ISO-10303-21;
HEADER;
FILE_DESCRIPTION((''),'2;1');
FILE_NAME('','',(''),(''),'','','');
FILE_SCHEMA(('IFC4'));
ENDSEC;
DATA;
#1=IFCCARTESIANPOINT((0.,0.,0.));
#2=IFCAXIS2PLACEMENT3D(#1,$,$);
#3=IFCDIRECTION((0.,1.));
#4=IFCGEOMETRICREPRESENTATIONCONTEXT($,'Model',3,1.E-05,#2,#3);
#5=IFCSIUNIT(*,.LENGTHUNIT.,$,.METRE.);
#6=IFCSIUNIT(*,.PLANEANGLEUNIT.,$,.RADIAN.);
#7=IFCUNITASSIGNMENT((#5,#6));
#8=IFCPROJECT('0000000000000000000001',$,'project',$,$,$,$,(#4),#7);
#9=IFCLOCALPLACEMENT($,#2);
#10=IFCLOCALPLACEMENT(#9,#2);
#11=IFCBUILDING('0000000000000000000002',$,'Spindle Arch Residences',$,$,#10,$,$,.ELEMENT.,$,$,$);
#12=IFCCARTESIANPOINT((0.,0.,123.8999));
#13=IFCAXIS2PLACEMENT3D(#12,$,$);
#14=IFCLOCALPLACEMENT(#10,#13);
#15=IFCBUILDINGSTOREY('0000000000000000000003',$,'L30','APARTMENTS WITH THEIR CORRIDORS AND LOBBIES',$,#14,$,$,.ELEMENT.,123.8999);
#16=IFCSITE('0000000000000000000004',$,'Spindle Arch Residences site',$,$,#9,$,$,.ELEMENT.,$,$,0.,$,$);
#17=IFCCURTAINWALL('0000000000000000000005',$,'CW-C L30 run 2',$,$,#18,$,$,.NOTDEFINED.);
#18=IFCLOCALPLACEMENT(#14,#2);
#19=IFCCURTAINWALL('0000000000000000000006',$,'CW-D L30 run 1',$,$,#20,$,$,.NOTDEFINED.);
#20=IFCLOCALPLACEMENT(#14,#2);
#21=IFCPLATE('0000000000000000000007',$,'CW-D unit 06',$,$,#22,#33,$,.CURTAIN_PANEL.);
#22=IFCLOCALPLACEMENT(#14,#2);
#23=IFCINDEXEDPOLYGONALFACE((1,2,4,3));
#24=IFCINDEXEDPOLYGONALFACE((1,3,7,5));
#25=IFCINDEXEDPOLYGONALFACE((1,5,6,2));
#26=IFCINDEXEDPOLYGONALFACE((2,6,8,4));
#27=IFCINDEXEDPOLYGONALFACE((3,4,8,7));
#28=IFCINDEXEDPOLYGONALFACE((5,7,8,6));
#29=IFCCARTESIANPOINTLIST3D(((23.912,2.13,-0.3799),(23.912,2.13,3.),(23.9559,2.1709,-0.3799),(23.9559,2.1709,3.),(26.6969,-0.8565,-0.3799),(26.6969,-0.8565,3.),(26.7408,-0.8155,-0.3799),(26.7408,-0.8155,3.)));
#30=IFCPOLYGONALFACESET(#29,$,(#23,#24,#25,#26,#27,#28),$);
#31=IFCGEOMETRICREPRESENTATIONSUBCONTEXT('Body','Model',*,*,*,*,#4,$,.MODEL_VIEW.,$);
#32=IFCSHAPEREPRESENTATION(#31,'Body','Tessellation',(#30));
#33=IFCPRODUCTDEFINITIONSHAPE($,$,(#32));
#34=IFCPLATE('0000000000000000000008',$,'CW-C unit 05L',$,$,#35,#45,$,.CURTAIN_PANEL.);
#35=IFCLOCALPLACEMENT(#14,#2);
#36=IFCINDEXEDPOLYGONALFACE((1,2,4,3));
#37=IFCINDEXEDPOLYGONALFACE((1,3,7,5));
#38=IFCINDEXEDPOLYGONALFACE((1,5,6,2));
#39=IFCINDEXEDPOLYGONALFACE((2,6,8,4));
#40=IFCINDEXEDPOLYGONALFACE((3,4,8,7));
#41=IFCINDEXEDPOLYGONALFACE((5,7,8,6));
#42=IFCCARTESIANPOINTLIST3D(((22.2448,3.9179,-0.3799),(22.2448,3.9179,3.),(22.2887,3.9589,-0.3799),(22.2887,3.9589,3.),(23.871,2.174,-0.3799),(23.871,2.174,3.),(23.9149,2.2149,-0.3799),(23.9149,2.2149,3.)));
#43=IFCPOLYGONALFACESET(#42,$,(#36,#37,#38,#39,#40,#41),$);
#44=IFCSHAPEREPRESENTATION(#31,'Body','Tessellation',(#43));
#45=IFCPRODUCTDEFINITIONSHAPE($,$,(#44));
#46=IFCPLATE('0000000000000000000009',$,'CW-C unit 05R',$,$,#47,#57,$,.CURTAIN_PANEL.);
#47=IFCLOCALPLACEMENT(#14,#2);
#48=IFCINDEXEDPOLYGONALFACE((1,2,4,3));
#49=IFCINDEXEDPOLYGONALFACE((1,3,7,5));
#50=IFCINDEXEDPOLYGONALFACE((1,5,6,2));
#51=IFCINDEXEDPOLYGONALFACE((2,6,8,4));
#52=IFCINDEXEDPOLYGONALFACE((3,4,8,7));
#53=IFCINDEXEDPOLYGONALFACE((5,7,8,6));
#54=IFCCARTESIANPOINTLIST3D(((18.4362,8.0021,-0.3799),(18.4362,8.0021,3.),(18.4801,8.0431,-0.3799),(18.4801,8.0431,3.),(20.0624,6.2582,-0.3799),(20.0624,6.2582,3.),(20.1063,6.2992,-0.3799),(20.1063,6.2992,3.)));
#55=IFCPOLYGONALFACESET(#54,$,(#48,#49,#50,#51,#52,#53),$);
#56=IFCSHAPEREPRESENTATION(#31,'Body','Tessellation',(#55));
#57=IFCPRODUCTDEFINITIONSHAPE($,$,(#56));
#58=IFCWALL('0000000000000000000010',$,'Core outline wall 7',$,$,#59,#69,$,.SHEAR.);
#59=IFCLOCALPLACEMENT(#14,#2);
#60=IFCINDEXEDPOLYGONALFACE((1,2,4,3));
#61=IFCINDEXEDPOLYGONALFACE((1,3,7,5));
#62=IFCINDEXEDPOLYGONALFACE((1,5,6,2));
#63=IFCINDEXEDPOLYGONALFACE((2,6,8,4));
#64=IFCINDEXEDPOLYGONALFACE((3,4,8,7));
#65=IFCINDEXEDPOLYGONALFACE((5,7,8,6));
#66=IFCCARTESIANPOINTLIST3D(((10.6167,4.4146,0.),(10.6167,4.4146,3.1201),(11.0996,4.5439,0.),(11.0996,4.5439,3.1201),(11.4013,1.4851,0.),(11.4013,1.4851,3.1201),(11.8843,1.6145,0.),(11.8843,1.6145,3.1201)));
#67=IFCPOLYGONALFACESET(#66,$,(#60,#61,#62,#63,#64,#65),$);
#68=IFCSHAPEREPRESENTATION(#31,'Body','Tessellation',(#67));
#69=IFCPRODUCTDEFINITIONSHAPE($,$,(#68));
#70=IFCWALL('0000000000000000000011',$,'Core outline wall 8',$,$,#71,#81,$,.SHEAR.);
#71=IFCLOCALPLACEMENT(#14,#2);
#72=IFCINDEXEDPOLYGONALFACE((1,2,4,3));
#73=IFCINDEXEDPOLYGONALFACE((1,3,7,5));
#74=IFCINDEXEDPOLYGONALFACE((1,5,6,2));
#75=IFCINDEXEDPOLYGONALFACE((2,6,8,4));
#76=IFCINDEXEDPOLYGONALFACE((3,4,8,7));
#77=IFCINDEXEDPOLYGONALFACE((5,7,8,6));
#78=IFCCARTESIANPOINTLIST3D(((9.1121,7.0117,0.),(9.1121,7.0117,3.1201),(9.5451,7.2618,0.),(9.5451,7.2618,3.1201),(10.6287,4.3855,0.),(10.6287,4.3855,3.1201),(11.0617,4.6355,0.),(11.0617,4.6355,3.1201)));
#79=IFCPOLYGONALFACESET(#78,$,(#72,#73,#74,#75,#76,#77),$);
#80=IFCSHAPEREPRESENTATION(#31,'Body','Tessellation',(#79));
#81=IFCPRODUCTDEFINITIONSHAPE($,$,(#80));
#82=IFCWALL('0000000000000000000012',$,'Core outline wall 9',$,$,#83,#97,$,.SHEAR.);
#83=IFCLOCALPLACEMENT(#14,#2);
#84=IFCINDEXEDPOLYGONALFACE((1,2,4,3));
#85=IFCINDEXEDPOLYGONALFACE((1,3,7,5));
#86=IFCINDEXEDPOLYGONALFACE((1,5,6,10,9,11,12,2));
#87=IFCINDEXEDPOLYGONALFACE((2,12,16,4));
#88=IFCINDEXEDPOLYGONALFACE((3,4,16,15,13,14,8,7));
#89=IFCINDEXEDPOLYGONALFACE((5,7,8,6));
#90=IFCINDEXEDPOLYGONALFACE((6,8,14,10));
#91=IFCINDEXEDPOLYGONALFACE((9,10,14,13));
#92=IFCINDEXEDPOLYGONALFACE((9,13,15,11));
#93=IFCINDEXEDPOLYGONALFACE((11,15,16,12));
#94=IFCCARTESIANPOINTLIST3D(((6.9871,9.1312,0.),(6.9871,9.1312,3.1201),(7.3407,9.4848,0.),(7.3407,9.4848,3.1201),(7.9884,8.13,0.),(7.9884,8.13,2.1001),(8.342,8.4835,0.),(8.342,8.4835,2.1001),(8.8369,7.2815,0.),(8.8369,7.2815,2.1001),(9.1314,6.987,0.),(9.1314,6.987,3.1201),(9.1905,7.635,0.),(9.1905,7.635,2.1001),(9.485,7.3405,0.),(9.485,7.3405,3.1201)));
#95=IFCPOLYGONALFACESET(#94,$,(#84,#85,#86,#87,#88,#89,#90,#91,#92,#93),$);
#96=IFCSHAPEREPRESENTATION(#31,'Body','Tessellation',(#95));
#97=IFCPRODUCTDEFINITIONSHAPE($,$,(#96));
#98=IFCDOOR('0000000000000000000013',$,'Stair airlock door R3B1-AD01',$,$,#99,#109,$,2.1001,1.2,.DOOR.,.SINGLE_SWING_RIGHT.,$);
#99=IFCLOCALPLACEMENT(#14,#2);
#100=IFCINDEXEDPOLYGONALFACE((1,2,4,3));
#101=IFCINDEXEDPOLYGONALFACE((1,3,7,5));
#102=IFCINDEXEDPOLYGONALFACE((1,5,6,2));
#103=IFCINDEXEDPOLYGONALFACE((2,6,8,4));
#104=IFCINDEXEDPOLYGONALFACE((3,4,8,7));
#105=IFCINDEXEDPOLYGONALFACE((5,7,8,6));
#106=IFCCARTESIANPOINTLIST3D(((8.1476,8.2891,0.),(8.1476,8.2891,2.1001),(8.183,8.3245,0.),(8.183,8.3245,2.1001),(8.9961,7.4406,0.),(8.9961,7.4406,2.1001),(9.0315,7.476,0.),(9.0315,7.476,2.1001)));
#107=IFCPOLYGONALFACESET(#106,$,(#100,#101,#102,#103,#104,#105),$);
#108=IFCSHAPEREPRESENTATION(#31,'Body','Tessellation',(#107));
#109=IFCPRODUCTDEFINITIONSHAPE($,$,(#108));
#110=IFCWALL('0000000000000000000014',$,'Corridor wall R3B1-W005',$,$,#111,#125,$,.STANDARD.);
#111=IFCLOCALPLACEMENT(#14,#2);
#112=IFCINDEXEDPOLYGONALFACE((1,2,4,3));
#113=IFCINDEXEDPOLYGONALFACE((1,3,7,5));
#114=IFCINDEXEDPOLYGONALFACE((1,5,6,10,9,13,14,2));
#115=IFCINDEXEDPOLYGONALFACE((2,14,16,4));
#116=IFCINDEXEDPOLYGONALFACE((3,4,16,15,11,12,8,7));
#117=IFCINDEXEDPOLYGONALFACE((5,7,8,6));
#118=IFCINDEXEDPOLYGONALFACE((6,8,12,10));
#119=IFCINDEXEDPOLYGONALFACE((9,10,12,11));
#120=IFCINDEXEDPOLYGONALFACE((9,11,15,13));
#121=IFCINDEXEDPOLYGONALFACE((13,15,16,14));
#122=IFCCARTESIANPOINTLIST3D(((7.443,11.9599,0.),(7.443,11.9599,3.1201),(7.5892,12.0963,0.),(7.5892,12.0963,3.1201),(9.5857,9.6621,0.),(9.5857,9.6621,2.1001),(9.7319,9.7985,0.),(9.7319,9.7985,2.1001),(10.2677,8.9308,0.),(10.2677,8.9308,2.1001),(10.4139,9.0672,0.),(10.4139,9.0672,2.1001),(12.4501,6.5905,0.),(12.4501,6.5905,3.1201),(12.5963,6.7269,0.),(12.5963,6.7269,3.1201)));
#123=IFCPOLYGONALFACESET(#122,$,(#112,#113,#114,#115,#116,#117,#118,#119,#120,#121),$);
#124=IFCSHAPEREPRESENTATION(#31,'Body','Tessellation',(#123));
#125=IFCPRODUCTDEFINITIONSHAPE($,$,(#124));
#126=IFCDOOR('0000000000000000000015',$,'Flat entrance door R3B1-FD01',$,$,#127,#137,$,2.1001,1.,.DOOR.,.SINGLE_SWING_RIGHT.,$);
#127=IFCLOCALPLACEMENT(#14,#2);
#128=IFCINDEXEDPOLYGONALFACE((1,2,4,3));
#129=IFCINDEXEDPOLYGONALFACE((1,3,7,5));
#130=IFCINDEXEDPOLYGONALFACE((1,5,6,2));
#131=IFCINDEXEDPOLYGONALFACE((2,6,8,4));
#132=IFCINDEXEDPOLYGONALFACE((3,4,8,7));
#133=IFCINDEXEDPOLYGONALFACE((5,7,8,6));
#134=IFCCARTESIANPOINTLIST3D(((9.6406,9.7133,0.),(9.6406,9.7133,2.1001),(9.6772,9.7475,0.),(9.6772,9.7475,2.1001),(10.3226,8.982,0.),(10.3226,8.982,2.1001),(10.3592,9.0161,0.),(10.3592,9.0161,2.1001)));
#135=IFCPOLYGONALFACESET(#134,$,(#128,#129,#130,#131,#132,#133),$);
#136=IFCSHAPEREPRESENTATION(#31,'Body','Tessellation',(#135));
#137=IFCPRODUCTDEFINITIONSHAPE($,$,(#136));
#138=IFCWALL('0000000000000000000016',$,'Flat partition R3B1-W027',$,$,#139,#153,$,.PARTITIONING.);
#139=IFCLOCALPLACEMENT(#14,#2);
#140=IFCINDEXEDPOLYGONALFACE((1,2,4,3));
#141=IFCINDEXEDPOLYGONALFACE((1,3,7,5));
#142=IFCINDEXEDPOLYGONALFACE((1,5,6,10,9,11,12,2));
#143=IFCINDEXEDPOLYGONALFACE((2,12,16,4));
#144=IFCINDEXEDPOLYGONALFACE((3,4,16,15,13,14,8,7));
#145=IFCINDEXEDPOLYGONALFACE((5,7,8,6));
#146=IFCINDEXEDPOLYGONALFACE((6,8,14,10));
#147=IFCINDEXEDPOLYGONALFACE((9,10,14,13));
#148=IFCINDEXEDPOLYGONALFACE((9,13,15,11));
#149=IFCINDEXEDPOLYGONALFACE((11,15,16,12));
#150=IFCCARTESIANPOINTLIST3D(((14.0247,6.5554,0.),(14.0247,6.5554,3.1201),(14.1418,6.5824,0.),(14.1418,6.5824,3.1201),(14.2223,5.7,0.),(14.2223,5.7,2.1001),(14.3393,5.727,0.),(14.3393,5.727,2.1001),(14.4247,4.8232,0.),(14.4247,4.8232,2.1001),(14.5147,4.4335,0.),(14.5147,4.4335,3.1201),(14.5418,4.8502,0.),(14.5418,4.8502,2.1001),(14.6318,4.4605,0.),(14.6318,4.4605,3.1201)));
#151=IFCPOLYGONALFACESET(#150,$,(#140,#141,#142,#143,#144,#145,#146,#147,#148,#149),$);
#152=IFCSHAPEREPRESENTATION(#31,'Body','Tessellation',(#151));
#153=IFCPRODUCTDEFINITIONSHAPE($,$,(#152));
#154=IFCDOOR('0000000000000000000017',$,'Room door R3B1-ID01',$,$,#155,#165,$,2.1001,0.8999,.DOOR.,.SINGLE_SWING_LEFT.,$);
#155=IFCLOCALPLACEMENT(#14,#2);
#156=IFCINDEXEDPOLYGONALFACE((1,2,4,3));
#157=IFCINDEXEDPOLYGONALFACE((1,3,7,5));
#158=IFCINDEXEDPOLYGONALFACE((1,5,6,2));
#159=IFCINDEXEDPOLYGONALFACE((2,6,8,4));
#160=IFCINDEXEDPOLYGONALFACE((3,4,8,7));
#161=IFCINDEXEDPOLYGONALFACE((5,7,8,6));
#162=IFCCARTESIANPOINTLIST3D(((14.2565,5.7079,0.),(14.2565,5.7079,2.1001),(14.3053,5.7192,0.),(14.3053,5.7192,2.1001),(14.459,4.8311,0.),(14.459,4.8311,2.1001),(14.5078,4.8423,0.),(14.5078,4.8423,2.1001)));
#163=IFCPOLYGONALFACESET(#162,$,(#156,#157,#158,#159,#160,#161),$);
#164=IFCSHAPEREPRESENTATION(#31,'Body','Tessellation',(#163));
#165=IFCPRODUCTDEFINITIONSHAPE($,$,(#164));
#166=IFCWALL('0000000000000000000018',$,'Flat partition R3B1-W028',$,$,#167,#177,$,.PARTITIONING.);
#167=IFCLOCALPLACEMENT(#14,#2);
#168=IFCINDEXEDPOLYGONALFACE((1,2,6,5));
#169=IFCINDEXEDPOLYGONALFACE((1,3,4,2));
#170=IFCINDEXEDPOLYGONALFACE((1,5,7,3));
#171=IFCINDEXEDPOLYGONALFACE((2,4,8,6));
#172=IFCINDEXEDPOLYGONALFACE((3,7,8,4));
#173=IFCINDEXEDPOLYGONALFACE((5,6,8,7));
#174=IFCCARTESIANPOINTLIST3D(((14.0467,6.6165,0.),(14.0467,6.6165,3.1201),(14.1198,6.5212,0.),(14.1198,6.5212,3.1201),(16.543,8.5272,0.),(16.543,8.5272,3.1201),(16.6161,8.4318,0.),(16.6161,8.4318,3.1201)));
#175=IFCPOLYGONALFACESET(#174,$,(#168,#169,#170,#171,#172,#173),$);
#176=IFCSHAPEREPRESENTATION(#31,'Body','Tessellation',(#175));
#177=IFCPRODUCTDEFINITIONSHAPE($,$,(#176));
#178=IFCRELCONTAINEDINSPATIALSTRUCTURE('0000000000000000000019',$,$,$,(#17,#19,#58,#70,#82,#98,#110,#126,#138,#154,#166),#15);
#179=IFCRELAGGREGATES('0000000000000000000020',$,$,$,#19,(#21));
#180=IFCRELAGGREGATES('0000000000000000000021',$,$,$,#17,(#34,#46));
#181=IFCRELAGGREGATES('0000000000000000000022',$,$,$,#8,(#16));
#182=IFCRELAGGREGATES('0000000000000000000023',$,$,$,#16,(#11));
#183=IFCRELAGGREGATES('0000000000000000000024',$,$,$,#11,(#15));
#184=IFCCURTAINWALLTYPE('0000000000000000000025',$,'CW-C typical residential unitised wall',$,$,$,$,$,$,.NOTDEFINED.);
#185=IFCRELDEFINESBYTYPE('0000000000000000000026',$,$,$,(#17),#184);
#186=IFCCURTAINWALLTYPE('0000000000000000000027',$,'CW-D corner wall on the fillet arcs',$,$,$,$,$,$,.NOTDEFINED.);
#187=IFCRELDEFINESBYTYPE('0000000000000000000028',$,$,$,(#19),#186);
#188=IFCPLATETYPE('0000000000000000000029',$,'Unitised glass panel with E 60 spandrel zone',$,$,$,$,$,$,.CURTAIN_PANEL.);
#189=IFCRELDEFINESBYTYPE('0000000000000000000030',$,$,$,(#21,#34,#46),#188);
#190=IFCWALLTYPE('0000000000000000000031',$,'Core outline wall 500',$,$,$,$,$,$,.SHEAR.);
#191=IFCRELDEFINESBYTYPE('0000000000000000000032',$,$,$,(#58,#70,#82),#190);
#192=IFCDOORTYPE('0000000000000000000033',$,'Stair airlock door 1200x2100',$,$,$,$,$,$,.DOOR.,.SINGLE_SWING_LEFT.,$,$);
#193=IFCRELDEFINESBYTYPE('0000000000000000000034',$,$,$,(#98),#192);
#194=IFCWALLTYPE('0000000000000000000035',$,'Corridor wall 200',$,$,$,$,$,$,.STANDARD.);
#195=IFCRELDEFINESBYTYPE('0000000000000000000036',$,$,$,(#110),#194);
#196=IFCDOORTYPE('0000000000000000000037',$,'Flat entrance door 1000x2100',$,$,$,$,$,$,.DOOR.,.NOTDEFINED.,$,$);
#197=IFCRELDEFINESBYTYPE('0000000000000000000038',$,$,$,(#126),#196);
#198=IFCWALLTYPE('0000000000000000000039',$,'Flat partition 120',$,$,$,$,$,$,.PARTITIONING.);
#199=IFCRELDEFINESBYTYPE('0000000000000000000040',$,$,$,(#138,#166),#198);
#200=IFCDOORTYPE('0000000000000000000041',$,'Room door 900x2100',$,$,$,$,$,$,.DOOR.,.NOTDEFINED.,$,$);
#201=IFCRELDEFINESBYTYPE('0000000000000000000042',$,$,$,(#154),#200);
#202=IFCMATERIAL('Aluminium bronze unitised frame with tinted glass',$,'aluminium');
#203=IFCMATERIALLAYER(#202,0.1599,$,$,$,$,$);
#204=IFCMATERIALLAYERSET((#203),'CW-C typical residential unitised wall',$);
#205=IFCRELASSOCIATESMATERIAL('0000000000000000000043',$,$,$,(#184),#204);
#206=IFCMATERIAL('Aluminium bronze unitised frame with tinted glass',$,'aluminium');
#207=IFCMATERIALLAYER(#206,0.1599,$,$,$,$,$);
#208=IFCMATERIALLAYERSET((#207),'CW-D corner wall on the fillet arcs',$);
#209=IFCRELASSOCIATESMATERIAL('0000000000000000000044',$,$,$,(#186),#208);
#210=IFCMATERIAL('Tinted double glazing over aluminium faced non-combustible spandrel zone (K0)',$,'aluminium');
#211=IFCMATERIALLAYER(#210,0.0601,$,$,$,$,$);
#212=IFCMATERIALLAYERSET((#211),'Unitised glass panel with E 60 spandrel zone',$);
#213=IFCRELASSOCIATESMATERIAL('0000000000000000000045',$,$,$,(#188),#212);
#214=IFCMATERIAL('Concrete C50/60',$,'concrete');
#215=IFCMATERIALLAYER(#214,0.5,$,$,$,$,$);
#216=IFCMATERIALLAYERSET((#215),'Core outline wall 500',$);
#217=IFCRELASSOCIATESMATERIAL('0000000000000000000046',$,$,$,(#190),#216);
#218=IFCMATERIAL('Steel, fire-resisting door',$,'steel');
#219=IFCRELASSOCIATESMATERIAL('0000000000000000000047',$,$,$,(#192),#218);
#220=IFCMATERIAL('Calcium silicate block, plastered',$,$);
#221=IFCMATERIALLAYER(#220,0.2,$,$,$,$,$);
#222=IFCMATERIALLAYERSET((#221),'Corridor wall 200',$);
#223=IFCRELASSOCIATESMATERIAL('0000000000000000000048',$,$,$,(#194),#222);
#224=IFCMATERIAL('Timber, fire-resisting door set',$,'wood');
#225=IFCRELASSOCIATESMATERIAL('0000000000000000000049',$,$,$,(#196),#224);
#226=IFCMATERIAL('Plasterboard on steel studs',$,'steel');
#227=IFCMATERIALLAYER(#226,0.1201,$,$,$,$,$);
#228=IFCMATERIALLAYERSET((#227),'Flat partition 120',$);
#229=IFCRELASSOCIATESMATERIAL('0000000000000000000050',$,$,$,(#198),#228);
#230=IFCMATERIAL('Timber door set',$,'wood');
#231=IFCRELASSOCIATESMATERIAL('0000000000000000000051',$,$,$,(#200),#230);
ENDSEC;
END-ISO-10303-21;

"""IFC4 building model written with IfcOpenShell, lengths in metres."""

from ifc_helpers import new_model, si_unit, direction, frame, frame_2d, origin, origin_2d, place, context, subcontext, project, spatial, rectangle, extrude, material, layer, layer_set, type_object, element, fill, aggregate, save


model = new_model("IFC4")

# Units and contexts
model_context = context("Model", 3, precision=1e-05, world=origin(), true_north=direction((0.0, 1.0)))
body_context = subcontext(model_context, "Body", "Model", "MODEL_VIEW")
ifc_project = project(units=[si_unit("LENGTHUNIT", "METRE"), si_unit("PLANEANGLEUNIT", "RADIAN")], contexts=[model_context])

# Site, building, storey
site_placement = place(None, origin())
site = spatial("IfcSite", under=ifc_project, at=site_placement, Name="Spindle Arch Residences site", CompositionType="ELEMENT", RefElevation=0.0)
building_placement = place(site_placement, origin())
building = spatial("IfcBuilding", under=site, at=building_placement, Name="Spindle Arch Residences", CompositionType="ELEMENT")
storey_placement = place(building_placement, frame((0.0, 0.0, 123.8999)))
storey = spatial("IfcBuildingStorey", under=building, at=storey_placement, Name="L30", Description="APARTMENTS WITH THEIR CORRIDORS AND LOBBIES", CompositionType="ELEMENT", Elevation=123.8999)

# Curtain wall
ifc_material_1 = material(Name="Aluminium bronze unitised frame with tinted glass", Category="aluminium")
ifc_layer_1 = layer(ifc_material_1, 0.1599)
ifc_layer_set_1 = layer_set([ifc_layer_1], Name="CW-C typical residential unitised wall")
curtain_wall_type_1 = type_object("IfcCurtainWallType", Name="CW-C typical residential unitised wall", PredefinedType="NOTDEFINED", material=ifc_layer_set_1)
curtain_wall_1_placement = place(storey_placement, origin())
curtain_wall_1 = element("IfcCurtainWall", 1, at=curtain_wall_1_placement, inside=storey, type_object=curtain_wall_type_1, Name="CW-C L30 run 2", PredefinedType="NOTDEFINED")

# Curtain wall, plate
ifc_material_2 = material(Name="Aluminium bronze unitised frame with tinted glass", Category="aluminium")
ifc_layer_2 = layer(ifc_material_2, 0.1599)
ifc_layer_set_2 = layer_set([ifc_layer_2], Name="CW-D corner wall on the fillet arcs")
curtain_wall_type_2 = type_object("IfcCurtainWallType", Name="CW-D corner wall on the fillet arcs", PredefinedType="NOTDEFINED", material=ifc_layer_set_2)
curtain_wall_2_placement = place(storey_placement, origin())
curtain_wall_2 = element("IfcCurtainWall", 2, at=curtain_wall_2_placement, inside=storey, type_object=curtain_wall_type_2, Name="CW-D L30 run 1", PredefinedType="NOTDEFINED")
ifc_material_3 = material(Name="Tinted double glazing over aluminium faced non-combustible spandrel zone (K0)", Category="aluminium")
ifc_layer_3 = layer(ifc_material_3, 0.0601)
ifc_layer_set_3 = layer_set([ifc_layer_3], Name="Unitised glass panel with E 60 spandrel zone")
plate_type = type_object("IfcPlateType", Name="Unitised glass panel with E 60 spandrel zone", PredefinedType="CURTAIN_PANEL", material=ifc_layer_set_3)
plate_1_placement = place(storey_placement, frame((25.3264, 0.6572, -0.3799), z_axis=(0.0, 0.0, 1.0), x_axis=(-0.681998, 0.731354, 0.0)))
plate_1 = element("IfcPlate", 3, at=plate_1_placement, type_object=plate_type, Name="CW-D unit 06", PredefinedType="CURTAIN_PANEL", context=body_context, shape_type="SweptSolid", body=[
    extrude(rectangle(XDim=4.0835, YDim=0.0601, at=origin_2d()), origin(), (0.0, 0.0, 1.0), 3.3799),
])
aggregate(curtain_wall_2, [plate_1])

# Plates
plate_2_placement = place(storey_placement, frame((23.0798, 3.0664, -0.3799), z_axis=(0.0, 0.0, 1.0), x_axis=(-0.681998, 0.731354, 0.0)))
plate_2 = element("IfcPlate", 4, at=plate_2_placement, type_object=plate_type, Name="CW-C unit 05L", PredefinedType="CURTAIN_PANEL", context=body_context, shape_type="SweptSolid", body=[
    extrude(rectangle(XDim=2.3845, YDim=0.0601, at=origin_2d()), origin(), (0.0, 0.0, 1.0), 3.3799),
])
plate_3_placement = place(storey_placement, frame((19.2712, 7.1506, -0.3799), z_axis=(0.0, 0.0, 1.0), x_axis=(-0.681998, 0.731354, 0.0)))
plate_3 = element("IfcPlate", 5, at=plate_3_placement, type_object=plate_type, Name="CW-C unit 05R", PredefinedType="CURTAIN_PANEL", context=body_context, shape_type="SweptSolid", body=[
    extrude(rectangle(XDim=2.3845, YDim=0.0601, at=origin_2d()), origin(), (0.0, 0.0, 1.0), 3.3799),
])
aggregate(curtain_wall_1, [plate_2, plate_3])

# Walls
ifc_material_4 = material(Name="Concrete C50/60", Category="concrete")
ifc_layer_4 = layer(ifc_material_4, 0.5)
ifc_layer_set_4 = layer_set([ifc_layer_4], Name="Core outline wall 500")
wall_type_1 = type_object("IfcWallType", Name="Core outline wall 500", PredefinedType="SHEAR", material=ifc_layer_set_4)
for number, where, z_axis, x_axis, name in (
    (6, (11.6428, 1.5498, 0.0), (0.0, 0.0, 1.0), (-0.258735, 0.965948, 0.0), "Core outline wall 7"),
    (7, (10.8452, 4.5105, 0.0), (0.0, 0.0, 1.0), (-0.500087, 0.865975, 0.0), "Core outline wall 8"),
):
    element("IfcWall", number, at=place(storey_placement, frame(where, z_axis=z_axis, x_axis=x_axis)), inside=storey, type_object=wall_type_1, Name=name, PredefinedType="SHEAR", context=body_context, shape_type="SweptSolid", body=[
        extrude(rectangle(XDim=3.0327, YDim=0.5, at=frame_2d((1.5164, 0.0))), origin(), (0.0, 0.0, 1.0), 3.1201),
    ])

# Walls, openings, doors
wall_1_placement = place(storey_placement, frame((9.3081, 7.1638, 0.0), z_axis=(0.0, 0.0, 1.0), x_axis=(-0.707107, 0.707107, 0.0)))
wall_1 = element("IfcWall", 8, at=wall_1_placement, inside=storey, type_object=wall_type_1, Name="Core outline wall 9", PredefinedType="SHEAR", context=body_context, shape_type="SweptSolid", body=[
    extrude(rectangle(XDim=3.0325, YDim=0.5, at=frame_2d((1.5161, 0.0))), origin(), (0.0, 0.0, 1.0), 3.1201),
])
opening_1_placement = place(wall_1_placement, frame((0.4163, 0.0, 0.0)))
opening_1 = element("IfcOpeningElement", 9, at=opening_1_placement, cuts=wall_1, PredefinedType="OPENING", context=body_context, shape_type="SweptSolid", body=[
    extrude(rectangle(XDim=1.2, YDim=2.1001, at=frame_2d((0.6001, 1.05))), frame((0.0, 0.26, 0.0), z_axis=(0.0, -1.0, 0.0), x_axis=(1.0, 0.0, 0.0)), (0.0, 0.0, 1.0), 0.52),
])
ifc_material_5 = material(Name="Steel, fire-resisting door", Category="steel")
door_type_1 = type_object("IfcDoorType", Name="Stair airlock door 1200x2100", OperationType="SINGLE_SWING_LEFT", PredefinedType="DOOR", material=ifc_material_5)
door_1_placement = place(opening_1_placement, origin())
door_1 = element("IfcDoor", 10, at=door_1_placement, inside=storey, type_object=door_type_1, Name="Stair airlock door R3B1-AD01", OperationType="SINGLE_SWING_RIGHT", OverallHeight=2.1001, OverallWidth=1.2, PredefinedType="DOOR", context=body_context, shape_type="SweptSolid", body=[
    extrude(rectangle(XDim=1.2, YDim=2.1001, at=frame_2d((0.6001, 1.05))), frame((0.0, 0.0249, 0.0), z_axis=(0.0, -1.0, 0.0), x_axis=(1.0, 0.0, 0.0)), (0.0, 0.0, 1.0), 0.05),
])
fill(opening_1, door_1)
ifc_material_6 = material(Name="Calcium silicate block, plastered")
ifc_layer_5 = layer(ifc_material_6, 0.2)
ifc_layer_set_5 = layer_set([ifc_layer_5], Name="Corridor wall 200")
wall_type_2 = type_object("IfcWallType", Name="Corridor wall 200", PredefinedType="STANDARD", material=ifc_layer_set_5)
wall_2_placement = place(storey_placement, frame((12.5232, 6.6587, 0.0), z_axis=(0.0, 0.0, 1.0), x_axis=(-0.682002, 0.73135, 0.0)))
wall_2 = element("IfcWall", 11, at=wall_2_placement, inside=storey, type_object=wall_type_2, Name="Corridor wall R3B1-W005", PredefinedType="STANDARD", context=body_context, shape_type="SweptSolid", body=[
    extrude(rectangle(XDim=7.3418, YDim=0.2, at=frame_2d((3.6709, 0.0))), origin(), (0.0, 0.0, 1.0), 3.1201),
])
opening_2_placement = place(wall_2_placement, frame((3.2, 0.0, 0.0)))
opening_2 = element("IfcOpeningElement", 12, at=opening_2_placement, cuts=wall_2, PredefinedType="OPENING", context=body_context, shape_type="SweptSolid", body=[
    extrude(rectangle(XDim=1.0, YDim=2.1001, at=frame_2d((0.5, 1.05))), frame((0.0, 0.1099, 0.0), z_axis=(0.0, -1.0, 0.0), x_axis=(1.0, 0.0, 0.0)), (0.0, 0.0, 1.0), 0.22),
])
ifc_material_7 = material(Name="Timber, fire-resisting door set", Category="wood")
door_type_2 = type_object("IfcDoorType", Name="Flat entrance door 1000x2100", OperationType="NOTDEFINED", PredefinedType="DOOR", material=ifc_material_7)
door_2_placement = place(opening_2_placement, origin())
door_2 = element("IfcDoor", 13, at=door_2_placement, inside=storey, type_object=door_type_2, Name="Flat entrance door R3B1-FD01", OperationType="SINGLE_SWING_RIGHT", OverallHeight=2.1001, OverallWidth=1.0, PredefinedType="DOOR", context=body_context, shape_type="SweptSolid", body=[
    extrude(rectangle(XDim=1.0, YDim=2.1001, at=frame_2d((0.5, 1.05))), frame((0.0, 0.0249, 0.0), z_axis=(0.0, -1.0, 0.0), x_axis=(1.0, 0.0, 0.0)), (0.0, 0.0, 1.0), 0.05),
])
fill(opening_2, door_2)
ifc_material_8 = material(Name="Plasterboard on steel studs", Category="steel")
ifc_layer_6 = layer(ifc_material_8, 0.1201)
ifc_layer_set_6 = layer_set([ifc_layer_6], Name="Flat partition 120")
wall_type_3 = type_object("IfcWallType", Name="Flat partition 120", PredefinedType="PARTITIONING", material=ifc_layer_set_6)
wall_3_placement = place(storey_placement, frame((14.5732, 4.447, 0.0), z_axis=(0.0, 0.0, 1.0), x_axis=(-0.225007, 0.974357, 0.0)))
wall_3 = element("IfcWall", 14, at=wall_3_placement, inside=storey, type_object=wall_type_3, Name="Flat partition R3B1-W027", PredefinedType="PARTITIONING", context=body_context, shape_type="SweptSolid", body=[
    extrude(rectangle(XDim=2.1777, YDim=0.1201, at=frame_2d((1.0889, 0.0))), origin(), (0.0, 0.0, 1.0), 3.1201),
])
opening_3_placement = place(wall_3_placement, frame((0.3999, 0.0, 0.0)))
opening_3 = element("IfcOpeningElement", 15, at=opening_3_placement, cuts=wall_3, PredefinedType="OPENING", context=body_context, shape_type="SweptSolid", body=[
    extrude(rectangle(XDim=0.8999, YDim=2.1001, at=frame_2d((0.45, 1.05))), frame((0.0, 0.0701, 0.0), z_axis=(0.0, -1.0, 0.0), x_axis=(1.0, 0.0, 0.0)), (0.0, 0.0, 1.0), 0.1401),
])
ifc_material_9 = material(Name="Timber door set", Category="wood")
door_type_3 = type_object("IfcDoorType", Name="Room door 900x2100", OperationType="NOTDEFINED", PredefinedType="DOOR", material=ifc_material_9)
door_3_placement = place(opening_3_placement, origin())
door_3 = element("IfcDoor", 16, at=door_3_placement, inside=storey, type_object=door_type_3, Name="Room door R3B1-ID01", OperationType="SINGLE_SWING_LEFT", OverallHeight=2.1001, OverallWidth=0.8999, PredefinedType="DOOR", context=body_context, shape_type="SweptSolid", body=[
    extrude(rectangle(XDim=0.8999, YDim=2.1001, at=frame_2d((0.45, 1.05))), frame((0.0, 0.0249, 0.0), z_axis=(0.0, -1.0, 0.0), x_axis=(1.0, 0.0, 0.0)), (0.0, 0.0, 1.0), 0.05),
])
fill(opening_3, door_3)

# Wall
wall_4_placement = place(storey_placement, frame((14.0833, 6.5688, 0.0), z_axis=(0.0, 0.0, 1.0), x_axis=(0.7941, 0.607787, 0.0)))
element("IfcWall", 17, at=wall_4_placement, inside=storey, type_object=wall_type_3, Name="Flat partition R3B1-W028", PredefinedType="PARTITIONING", context=body_context, shape_type="SweptSolid", body=[
    extrude(rectangle(XDim=3.1436, YDim=0.1201, at=frame_2d((1.5718, 0.0))), origin(), (0.0, 0.0, 1.0), 3.1201),
])

save(model, "model.ifc")
